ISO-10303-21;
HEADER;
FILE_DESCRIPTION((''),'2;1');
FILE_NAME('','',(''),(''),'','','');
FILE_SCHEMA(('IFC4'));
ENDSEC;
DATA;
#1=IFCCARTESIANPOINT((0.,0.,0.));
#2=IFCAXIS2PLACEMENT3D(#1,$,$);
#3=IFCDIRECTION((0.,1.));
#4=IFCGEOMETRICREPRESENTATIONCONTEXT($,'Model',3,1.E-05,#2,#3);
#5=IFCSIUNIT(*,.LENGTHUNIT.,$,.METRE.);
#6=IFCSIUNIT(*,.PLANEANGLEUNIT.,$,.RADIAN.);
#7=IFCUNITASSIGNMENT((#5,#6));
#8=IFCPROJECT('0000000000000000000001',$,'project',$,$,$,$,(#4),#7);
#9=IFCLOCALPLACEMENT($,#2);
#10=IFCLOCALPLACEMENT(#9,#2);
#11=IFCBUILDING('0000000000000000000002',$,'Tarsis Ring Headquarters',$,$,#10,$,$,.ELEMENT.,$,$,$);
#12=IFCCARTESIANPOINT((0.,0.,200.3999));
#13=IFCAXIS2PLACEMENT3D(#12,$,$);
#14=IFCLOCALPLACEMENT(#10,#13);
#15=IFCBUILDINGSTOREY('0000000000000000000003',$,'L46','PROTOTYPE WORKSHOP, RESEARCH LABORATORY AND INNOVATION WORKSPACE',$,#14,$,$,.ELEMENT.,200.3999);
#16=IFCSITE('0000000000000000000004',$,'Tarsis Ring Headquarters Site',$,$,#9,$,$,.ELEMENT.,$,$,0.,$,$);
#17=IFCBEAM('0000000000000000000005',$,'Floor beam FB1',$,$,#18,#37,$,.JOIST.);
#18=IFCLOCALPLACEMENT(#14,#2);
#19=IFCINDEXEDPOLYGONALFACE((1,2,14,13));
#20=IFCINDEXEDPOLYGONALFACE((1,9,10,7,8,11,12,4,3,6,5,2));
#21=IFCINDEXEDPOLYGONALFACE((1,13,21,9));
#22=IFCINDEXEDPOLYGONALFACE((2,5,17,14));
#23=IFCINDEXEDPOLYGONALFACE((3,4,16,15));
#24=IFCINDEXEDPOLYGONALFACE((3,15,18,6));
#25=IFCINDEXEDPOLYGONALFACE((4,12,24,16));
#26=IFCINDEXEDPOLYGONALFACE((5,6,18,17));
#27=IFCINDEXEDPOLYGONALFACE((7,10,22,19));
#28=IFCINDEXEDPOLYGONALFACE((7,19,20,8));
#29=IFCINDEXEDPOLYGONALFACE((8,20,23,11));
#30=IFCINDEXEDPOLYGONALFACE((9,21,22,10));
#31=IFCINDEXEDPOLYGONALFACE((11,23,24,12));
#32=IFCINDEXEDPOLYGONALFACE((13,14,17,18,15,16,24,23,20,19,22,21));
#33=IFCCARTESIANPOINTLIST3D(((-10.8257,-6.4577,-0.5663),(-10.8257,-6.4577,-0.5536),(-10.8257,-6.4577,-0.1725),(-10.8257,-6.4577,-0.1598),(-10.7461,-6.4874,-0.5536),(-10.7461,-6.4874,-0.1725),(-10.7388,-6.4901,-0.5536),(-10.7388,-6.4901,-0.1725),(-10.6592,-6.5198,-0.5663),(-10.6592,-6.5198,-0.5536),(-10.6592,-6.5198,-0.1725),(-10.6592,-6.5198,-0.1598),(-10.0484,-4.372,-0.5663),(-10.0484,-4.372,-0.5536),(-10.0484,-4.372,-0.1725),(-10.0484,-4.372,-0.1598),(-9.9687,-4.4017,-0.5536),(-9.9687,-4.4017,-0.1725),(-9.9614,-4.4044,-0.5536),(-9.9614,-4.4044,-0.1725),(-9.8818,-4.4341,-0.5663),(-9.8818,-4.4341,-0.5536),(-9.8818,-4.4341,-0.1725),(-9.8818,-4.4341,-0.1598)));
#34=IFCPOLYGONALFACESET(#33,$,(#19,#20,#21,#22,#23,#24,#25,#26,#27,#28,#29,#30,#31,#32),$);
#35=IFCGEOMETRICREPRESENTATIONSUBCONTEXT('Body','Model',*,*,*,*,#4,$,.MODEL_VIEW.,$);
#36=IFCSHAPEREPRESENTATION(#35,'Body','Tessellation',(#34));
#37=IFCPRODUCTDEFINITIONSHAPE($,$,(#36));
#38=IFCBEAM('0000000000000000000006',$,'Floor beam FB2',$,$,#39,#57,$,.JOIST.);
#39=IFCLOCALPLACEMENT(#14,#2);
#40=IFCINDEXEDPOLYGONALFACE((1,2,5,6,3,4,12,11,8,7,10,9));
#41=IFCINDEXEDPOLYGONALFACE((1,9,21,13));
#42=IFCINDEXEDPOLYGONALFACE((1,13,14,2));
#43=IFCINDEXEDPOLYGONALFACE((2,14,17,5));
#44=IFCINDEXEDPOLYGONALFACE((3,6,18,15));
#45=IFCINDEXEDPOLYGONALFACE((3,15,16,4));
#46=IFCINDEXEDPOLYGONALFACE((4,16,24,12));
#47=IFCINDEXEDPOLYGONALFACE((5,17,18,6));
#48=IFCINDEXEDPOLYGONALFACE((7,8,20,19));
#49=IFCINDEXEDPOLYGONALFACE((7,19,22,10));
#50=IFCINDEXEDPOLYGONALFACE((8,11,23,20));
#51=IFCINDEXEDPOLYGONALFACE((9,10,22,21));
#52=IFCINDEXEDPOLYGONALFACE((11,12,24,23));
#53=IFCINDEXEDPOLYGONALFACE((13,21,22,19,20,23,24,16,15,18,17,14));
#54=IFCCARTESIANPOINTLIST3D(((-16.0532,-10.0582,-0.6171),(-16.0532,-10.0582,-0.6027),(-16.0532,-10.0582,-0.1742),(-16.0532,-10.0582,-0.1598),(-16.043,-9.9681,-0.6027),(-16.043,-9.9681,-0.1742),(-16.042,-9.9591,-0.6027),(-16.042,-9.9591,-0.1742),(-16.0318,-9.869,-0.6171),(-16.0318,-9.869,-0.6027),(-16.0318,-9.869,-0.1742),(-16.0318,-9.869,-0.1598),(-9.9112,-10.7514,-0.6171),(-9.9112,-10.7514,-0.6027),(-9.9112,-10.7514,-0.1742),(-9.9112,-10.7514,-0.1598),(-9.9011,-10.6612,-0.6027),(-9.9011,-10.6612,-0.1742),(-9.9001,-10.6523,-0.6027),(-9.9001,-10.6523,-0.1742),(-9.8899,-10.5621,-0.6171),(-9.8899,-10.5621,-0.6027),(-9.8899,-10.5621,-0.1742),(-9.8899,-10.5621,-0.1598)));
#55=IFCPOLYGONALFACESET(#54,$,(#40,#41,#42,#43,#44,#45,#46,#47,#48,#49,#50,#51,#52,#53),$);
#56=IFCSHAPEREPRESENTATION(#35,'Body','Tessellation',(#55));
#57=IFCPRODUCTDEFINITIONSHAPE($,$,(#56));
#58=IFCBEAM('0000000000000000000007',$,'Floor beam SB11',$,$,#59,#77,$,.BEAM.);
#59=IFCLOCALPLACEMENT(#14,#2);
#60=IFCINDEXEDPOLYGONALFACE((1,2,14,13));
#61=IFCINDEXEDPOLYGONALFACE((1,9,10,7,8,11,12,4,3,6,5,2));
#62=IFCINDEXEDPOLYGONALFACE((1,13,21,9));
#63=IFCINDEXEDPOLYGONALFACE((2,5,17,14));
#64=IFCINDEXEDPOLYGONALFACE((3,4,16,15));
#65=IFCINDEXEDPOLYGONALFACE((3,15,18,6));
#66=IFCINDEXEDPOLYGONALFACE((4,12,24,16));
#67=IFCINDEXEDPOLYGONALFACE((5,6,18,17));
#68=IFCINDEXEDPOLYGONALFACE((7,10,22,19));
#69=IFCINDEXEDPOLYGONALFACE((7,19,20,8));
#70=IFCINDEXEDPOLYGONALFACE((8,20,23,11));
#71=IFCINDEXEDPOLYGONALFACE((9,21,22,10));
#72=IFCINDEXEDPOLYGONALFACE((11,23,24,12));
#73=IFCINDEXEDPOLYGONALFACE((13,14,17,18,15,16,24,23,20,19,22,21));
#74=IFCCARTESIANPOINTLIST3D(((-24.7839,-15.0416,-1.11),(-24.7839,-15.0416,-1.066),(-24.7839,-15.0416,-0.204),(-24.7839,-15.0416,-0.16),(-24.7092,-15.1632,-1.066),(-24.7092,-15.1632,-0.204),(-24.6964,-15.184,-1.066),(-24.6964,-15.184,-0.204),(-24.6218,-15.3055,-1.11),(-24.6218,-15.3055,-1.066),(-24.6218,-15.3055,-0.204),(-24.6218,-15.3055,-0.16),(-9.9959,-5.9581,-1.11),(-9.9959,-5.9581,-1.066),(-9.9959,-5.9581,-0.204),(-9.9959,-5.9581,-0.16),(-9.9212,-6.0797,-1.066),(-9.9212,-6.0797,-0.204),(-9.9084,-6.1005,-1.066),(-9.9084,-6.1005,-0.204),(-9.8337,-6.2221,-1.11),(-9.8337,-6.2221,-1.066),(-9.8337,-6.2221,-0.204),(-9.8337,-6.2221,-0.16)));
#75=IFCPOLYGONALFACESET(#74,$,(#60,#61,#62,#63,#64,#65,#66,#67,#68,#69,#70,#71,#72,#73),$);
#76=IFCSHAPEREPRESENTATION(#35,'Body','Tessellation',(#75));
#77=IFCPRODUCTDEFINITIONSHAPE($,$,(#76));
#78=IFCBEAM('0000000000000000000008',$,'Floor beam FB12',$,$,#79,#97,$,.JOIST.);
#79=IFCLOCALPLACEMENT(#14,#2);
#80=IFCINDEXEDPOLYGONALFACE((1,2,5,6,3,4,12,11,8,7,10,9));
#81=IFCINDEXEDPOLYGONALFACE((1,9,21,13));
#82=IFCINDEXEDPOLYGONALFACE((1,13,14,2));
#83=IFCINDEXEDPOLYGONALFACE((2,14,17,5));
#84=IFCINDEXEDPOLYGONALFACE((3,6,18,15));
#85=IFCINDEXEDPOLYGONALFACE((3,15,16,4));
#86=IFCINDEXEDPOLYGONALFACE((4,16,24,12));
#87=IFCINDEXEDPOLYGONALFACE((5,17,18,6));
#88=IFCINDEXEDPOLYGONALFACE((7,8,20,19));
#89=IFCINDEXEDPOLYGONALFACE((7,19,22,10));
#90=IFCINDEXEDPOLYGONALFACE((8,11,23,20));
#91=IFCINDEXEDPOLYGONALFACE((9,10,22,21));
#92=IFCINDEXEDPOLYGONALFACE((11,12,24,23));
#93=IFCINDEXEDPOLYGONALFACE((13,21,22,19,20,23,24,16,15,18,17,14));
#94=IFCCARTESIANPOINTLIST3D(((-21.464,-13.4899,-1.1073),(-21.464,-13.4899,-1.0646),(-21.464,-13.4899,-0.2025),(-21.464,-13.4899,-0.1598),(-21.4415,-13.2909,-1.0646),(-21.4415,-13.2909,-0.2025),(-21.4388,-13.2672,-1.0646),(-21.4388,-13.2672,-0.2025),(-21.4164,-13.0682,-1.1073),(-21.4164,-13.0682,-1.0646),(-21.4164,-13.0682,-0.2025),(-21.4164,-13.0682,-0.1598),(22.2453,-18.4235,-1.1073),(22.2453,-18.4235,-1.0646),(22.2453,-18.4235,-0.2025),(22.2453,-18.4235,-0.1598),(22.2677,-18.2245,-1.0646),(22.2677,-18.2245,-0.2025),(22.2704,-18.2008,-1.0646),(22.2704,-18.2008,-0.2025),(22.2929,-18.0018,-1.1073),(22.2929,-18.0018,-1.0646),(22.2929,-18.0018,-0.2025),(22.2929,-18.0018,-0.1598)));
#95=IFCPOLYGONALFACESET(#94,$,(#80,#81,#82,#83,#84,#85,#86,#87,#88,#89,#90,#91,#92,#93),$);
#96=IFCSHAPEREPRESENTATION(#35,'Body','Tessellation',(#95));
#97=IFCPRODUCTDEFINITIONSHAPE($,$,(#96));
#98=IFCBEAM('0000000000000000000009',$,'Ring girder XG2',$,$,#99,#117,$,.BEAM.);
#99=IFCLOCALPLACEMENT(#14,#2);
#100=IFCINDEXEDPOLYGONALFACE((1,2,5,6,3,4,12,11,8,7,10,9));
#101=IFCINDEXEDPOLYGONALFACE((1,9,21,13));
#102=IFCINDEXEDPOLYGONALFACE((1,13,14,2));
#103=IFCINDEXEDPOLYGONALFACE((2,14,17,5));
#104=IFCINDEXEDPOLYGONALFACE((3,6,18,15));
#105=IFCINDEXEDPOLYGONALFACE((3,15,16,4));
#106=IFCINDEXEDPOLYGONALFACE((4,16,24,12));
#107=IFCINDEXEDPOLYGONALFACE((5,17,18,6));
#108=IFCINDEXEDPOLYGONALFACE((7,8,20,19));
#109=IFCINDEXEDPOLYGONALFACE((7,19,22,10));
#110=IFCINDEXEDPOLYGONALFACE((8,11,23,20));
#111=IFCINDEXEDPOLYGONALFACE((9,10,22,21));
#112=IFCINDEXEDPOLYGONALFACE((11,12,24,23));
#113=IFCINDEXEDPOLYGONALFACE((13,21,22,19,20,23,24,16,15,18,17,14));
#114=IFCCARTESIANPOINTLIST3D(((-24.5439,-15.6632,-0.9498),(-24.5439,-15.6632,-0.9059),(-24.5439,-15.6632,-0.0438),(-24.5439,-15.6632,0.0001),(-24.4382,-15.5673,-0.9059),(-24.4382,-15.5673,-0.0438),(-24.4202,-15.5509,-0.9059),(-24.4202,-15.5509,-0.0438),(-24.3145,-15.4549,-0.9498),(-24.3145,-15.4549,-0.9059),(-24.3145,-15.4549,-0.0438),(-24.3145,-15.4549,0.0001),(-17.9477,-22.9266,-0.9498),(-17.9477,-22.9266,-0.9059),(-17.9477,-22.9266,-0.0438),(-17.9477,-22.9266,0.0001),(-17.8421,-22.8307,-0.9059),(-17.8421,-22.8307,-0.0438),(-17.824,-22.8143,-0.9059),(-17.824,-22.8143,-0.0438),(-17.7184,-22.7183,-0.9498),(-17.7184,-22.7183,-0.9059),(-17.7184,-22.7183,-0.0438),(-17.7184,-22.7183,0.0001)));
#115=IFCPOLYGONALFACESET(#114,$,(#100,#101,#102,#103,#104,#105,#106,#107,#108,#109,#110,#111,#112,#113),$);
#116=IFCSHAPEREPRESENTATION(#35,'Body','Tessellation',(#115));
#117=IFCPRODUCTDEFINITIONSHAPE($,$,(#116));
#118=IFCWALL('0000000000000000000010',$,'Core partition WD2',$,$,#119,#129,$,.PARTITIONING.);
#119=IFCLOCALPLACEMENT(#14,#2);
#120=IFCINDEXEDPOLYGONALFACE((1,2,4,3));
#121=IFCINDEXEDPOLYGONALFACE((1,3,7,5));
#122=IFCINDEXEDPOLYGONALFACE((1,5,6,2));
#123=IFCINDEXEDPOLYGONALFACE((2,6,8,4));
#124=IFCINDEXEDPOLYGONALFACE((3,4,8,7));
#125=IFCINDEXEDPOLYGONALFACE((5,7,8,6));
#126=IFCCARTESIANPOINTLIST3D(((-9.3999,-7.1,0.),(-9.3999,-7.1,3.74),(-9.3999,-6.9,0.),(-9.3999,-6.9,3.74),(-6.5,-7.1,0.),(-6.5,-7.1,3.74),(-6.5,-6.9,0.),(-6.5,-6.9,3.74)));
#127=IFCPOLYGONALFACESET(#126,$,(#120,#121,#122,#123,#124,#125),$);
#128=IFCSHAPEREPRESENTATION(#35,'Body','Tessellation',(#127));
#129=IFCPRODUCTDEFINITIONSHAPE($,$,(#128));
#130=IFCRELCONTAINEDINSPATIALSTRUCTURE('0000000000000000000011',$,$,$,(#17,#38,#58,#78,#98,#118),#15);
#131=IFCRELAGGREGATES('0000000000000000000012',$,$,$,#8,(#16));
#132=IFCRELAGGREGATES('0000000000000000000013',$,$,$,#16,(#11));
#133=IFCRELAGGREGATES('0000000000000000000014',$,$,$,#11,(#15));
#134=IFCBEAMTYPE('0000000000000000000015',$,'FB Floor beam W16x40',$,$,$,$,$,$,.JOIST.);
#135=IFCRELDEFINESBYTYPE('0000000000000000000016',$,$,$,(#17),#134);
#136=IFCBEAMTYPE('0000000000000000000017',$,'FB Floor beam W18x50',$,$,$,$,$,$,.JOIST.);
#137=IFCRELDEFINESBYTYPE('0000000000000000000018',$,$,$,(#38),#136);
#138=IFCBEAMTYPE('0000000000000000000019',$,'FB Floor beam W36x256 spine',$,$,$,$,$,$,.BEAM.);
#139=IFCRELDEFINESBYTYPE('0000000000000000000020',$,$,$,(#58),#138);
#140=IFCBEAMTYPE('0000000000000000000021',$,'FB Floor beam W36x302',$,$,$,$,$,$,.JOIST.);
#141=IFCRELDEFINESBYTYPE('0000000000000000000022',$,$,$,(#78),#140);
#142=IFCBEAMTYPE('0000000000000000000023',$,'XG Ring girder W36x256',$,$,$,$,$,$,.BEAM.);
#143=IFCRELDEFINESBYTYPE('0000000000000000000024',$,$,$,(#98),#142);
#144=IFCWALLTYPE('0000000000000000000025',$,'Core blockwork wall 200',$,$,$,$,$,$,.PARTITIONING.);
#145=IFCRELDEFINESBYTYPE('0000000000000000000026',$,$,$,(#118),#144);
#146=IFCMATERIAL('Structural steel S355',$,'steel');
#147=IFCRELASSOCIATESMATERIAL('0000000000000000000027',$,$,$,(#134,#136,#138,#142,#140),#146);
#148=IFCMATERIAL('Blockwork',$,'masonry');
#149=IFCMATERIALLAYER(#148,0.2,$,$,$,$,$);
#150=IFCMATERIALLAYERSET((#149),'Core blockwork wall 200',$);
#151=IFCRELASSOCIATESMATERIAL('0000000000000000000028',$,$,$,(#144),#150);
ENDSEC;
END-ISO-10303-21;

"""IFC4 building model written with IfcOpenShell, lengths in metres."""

from ifc_helpers import new_model, si_unit, direction, frame, frame_2d, origin, origin_2d, place, context, subcontext, project, spatial, rectangle, i_section, extrude, material, layer, layer_set, material_profile, profile_set, type_object, element, save


model = new_model("IFC4")

# Units and contexts
model_context = context("Model", 3, precision=1e-05, world=origin(), true_north=direction((0.0, 1.0)))
body_context = subcontext(model_context, "Body", "Model", "MODEL_VIEW")
ifc_project = project(units=[si_unit("LENGTHUNIT", "METRE"), si_unit("PLANEANGLEUNIT", "RADIAN")], contexts=[model_context])

# Site, building, storey
site_placement = place(None, origin())
site = spatial("IfcSite", under=ifc_project, at=site_placement, Name="Tarsis Ring Headquarters Site", CompositionType="ELEMENT", RefElevation=0.0)
building_placement = place(site_placement, origin())
building = spatial("IfcBuilding", under=site, at=building_placement, Name="Tarsis Ring Headquarters", CompositionType="ELEMENT")
storey_placement = place(building_placement, frame((0.0, 0.0, 200.3999)))
storey = spatial("IfcBuildingStorey", under=building, at=storey_placement, Name="L46", Description="PROTOTYPE WORKSHOP, RESEARCH LABORATORY AND INNOVATION WORKSPACE", CompositionType="ELEMENT", Elevation=200.3999)

# Beams
ifc_material_1 = material(Name="Structural steel S355", Category="steel")
ifc_material_profile_1 = material_profile(ifc_material_1, i_section(OverallWidth=0.1777, OverallDepth=0.4065, WebThickness=0.0078, FlangeThickness=0.0127, at=origin_2d()), Name="W16x40")
ifc_profile_set_1 = profile_set([ifc_material_profile_1], Name="Structural steel S355")
beam_type_1 = type_object("IfcBeamType", Name="FB Floor beam W16x40", PredefinedType="JOIST", material=ifc_profile_set_1)
beam_1_placement = place(storey_placement, frame((-9.9651, -4.4031, -0.363), z_axis=(-0.349236, -0.937035, 0.0), x_axis=(0.937035, -0.349236, 0.0)))
element("IfcBeam", 1, at=beam_1_placement, inside=storey, type_object=beam_type_1, Name="Floor beam FB1", PredefinedType="JOIST", context=body_context, shape_type="SweptSolid", body=[
    extrude(i_section(OverallWidth=0.1777, OverallDepth=0.4065, WebThickness=0.0078, FlangeThickness=0.0127, at=origin_2d()), origin(), (0.0, 0.0, 1.0), 2.2258),
])
ifc_material_profile_2 = material_profile(ifc_material_1, i_section(OverallWidth=0.1904, OverallDepth=0.4573, WebThickness=0.009, FlangeThickness=0.0144, at=origin_2d()), Name="W18x50")
ifc_profile_set_2 = profile_set([ifc_material_profile_2], Name="Structural steel S355")
beam_type_2 = type_object("IfcBeamType", Name="FB Floor beam W18x50", PredefinedType="JOIST", material=ifc_profile_set_2)
beam_2_placement = place(storey_placement, frame((-16.0425, -9.9636, -0.3884), z_axis=(0.993692, -0.112139, 0.0), x_axis=(0.112139, 0.993692, 0.0)))
element("IfcBeam", 2, at=beam_2_placement, inside=storey, type_object=beam_type_2, Name="Floor beam FB2", PredefinedType="JOIST", context=body_context, shape_type="SweptSolid", body=[
    extrude(i_section(OverallWidth=0.1904, OverallDepth=0.4573, WebThickness=0.009, FlangeThickness=0.0144, at=origin_2d()), origin(), (0.0, 0.0, 1.0), 6.1809),
])
ifc_material_profile_3 = material_profile(ifc_material_1, i_section(OverallWidth=0.3098, OverallDepth=0.95, WebThickness=0.0244, FlangeThickness=0.0439, at=origin_2d()), Name="W36x256")
ifc_profile_set_3 = profile_set([ifc_material_profile_3], Name="Structural steel S355")
beam_type_3 = type_object("IfcBeamType", Name="FB Floor beam W36x256 spine", PredefinedType="BEAM", material=ifc_profile_set_3)
beam_3_placement = place(storey_placement, frame((-9.9148, -6.0901, -0.635), z_axis=(-0.852092, -0.523392, 0.0), x_axis=(0.523392, -0.852092, 0.0)))
element("IfcBeam", 3, at=beam_3_placement, inside=storey, type_object=beam_type_3, Name="Floor beam SB11", PredefinedType="BEAM", context=body_context, shape_type="SweptSolid", body=[
    extrude(i_section(OverallWidth=0.3098, OverallDepth=0.95, WebThickness=0.0244, FlangeThickness=0.0439, at=origin_2d()), origin(), (0.0, 0.0, 1.0), 17.355),
])
ifc_material_profile_4 = material_profile(ifc_material_1, i_section(OverallWidth=0.4243, OverallDepth=0.9475, WebThickness=0.0239, FlangeThickness=0.0427, at=origin_2d()), Name="W36x302")
ifc_profile_set_4 = profile_set([ifc_material_profile_4], Name="Structural steel S355")
beam_type_4 = type_object("IfcBeamType", Name="FB Floor beam W36x302", PredefinedType="JOIST", material=ifc_profile_set_4)
beam_4_placement = place(storey_placement, frame((-21.4402, -13.2791, -0.6335), z_axis=(0.99369, -0.112161, 0.0), x_axis=(0.112161, 0.99369, 0.0)))
element("IfcBeam", 4, at=beam_4_placement, inside=storey, type_object=beam_type_4, Name="Floor beam FB12", PredefinedType="JOIST", context=body_context, shape_type="SweptSolid", body=[
    extrude(i_section(OverallWidth=0.4243, OverallDepth=0.9475, WebThickness=0.0239, FlangeThickness=0.0427, at=origin_2d()), origin(), (0.0, 0.0, 1.0), 43.9868),
])
beam_type_5 = type_object("IfcBeamType", Name="XG Ring girder W36x256", PredefinedType="BEAM", material=ifc_profile_set_3)
beam_5_placement = place(storey_placement, frame((-24.4292, -15.5591, -0.4749), z_axis=(0.672286, -0.740291, 0.0), x_axis=(0.740291, 0.672286, 0.0)))
element("IfcBeam", 5, at=beam_5_placement, inside=storey, type_object=beam_type_5, Name="Ring girder XG2", PredefinedType="BEAM", context=body_context, shape_type="SweptSolid", body=[
    extrude(i_section(OverallWidth=0.3098, OverallDepth=0.95, WebThickness=0.0244, FlangeThickness=0.0439, at=origin_2d()), origin(), (0.0, 0.0, 1.0), 9.8115),
])

# Wall
ifc_material_2 = material(Name="Blockwork", Category="masonry")
ifc_layer_1 = layer(ifc_material_2, 0.2)
ifc_layer_set_1 = layer_set([ifc_layer_1], Name="Core blockwork wall 200")
wall_type_1 = type_object("IfcWallType", Name="Core blockwork wall 200", PredefinedType="PARTITIONING", material=ifc_layer_set_1)
wall_1_placement = place(storey_placement, frame((-9.3999, -7.0, 0.0), z_axis=(0.0, 0.0, 1.0), x_axis=(1.0, 0.0, 0.0)))
element("IfcWall", 6, at=wall_1_placement, inside=storey, type_object=wall_type_1, Name="Core partition WD2", PredefinedType="PARTITIONING", context=body_context, shape_type="SweptSolid", body=[
    extrude(rectangle(XDim=2.8999, YDim=0.2, at=frame_2d((1.45, 0.0))), origin(), (0.0, 0.0, 1.0), 3.74),
])

save(model, "model.ifc")
